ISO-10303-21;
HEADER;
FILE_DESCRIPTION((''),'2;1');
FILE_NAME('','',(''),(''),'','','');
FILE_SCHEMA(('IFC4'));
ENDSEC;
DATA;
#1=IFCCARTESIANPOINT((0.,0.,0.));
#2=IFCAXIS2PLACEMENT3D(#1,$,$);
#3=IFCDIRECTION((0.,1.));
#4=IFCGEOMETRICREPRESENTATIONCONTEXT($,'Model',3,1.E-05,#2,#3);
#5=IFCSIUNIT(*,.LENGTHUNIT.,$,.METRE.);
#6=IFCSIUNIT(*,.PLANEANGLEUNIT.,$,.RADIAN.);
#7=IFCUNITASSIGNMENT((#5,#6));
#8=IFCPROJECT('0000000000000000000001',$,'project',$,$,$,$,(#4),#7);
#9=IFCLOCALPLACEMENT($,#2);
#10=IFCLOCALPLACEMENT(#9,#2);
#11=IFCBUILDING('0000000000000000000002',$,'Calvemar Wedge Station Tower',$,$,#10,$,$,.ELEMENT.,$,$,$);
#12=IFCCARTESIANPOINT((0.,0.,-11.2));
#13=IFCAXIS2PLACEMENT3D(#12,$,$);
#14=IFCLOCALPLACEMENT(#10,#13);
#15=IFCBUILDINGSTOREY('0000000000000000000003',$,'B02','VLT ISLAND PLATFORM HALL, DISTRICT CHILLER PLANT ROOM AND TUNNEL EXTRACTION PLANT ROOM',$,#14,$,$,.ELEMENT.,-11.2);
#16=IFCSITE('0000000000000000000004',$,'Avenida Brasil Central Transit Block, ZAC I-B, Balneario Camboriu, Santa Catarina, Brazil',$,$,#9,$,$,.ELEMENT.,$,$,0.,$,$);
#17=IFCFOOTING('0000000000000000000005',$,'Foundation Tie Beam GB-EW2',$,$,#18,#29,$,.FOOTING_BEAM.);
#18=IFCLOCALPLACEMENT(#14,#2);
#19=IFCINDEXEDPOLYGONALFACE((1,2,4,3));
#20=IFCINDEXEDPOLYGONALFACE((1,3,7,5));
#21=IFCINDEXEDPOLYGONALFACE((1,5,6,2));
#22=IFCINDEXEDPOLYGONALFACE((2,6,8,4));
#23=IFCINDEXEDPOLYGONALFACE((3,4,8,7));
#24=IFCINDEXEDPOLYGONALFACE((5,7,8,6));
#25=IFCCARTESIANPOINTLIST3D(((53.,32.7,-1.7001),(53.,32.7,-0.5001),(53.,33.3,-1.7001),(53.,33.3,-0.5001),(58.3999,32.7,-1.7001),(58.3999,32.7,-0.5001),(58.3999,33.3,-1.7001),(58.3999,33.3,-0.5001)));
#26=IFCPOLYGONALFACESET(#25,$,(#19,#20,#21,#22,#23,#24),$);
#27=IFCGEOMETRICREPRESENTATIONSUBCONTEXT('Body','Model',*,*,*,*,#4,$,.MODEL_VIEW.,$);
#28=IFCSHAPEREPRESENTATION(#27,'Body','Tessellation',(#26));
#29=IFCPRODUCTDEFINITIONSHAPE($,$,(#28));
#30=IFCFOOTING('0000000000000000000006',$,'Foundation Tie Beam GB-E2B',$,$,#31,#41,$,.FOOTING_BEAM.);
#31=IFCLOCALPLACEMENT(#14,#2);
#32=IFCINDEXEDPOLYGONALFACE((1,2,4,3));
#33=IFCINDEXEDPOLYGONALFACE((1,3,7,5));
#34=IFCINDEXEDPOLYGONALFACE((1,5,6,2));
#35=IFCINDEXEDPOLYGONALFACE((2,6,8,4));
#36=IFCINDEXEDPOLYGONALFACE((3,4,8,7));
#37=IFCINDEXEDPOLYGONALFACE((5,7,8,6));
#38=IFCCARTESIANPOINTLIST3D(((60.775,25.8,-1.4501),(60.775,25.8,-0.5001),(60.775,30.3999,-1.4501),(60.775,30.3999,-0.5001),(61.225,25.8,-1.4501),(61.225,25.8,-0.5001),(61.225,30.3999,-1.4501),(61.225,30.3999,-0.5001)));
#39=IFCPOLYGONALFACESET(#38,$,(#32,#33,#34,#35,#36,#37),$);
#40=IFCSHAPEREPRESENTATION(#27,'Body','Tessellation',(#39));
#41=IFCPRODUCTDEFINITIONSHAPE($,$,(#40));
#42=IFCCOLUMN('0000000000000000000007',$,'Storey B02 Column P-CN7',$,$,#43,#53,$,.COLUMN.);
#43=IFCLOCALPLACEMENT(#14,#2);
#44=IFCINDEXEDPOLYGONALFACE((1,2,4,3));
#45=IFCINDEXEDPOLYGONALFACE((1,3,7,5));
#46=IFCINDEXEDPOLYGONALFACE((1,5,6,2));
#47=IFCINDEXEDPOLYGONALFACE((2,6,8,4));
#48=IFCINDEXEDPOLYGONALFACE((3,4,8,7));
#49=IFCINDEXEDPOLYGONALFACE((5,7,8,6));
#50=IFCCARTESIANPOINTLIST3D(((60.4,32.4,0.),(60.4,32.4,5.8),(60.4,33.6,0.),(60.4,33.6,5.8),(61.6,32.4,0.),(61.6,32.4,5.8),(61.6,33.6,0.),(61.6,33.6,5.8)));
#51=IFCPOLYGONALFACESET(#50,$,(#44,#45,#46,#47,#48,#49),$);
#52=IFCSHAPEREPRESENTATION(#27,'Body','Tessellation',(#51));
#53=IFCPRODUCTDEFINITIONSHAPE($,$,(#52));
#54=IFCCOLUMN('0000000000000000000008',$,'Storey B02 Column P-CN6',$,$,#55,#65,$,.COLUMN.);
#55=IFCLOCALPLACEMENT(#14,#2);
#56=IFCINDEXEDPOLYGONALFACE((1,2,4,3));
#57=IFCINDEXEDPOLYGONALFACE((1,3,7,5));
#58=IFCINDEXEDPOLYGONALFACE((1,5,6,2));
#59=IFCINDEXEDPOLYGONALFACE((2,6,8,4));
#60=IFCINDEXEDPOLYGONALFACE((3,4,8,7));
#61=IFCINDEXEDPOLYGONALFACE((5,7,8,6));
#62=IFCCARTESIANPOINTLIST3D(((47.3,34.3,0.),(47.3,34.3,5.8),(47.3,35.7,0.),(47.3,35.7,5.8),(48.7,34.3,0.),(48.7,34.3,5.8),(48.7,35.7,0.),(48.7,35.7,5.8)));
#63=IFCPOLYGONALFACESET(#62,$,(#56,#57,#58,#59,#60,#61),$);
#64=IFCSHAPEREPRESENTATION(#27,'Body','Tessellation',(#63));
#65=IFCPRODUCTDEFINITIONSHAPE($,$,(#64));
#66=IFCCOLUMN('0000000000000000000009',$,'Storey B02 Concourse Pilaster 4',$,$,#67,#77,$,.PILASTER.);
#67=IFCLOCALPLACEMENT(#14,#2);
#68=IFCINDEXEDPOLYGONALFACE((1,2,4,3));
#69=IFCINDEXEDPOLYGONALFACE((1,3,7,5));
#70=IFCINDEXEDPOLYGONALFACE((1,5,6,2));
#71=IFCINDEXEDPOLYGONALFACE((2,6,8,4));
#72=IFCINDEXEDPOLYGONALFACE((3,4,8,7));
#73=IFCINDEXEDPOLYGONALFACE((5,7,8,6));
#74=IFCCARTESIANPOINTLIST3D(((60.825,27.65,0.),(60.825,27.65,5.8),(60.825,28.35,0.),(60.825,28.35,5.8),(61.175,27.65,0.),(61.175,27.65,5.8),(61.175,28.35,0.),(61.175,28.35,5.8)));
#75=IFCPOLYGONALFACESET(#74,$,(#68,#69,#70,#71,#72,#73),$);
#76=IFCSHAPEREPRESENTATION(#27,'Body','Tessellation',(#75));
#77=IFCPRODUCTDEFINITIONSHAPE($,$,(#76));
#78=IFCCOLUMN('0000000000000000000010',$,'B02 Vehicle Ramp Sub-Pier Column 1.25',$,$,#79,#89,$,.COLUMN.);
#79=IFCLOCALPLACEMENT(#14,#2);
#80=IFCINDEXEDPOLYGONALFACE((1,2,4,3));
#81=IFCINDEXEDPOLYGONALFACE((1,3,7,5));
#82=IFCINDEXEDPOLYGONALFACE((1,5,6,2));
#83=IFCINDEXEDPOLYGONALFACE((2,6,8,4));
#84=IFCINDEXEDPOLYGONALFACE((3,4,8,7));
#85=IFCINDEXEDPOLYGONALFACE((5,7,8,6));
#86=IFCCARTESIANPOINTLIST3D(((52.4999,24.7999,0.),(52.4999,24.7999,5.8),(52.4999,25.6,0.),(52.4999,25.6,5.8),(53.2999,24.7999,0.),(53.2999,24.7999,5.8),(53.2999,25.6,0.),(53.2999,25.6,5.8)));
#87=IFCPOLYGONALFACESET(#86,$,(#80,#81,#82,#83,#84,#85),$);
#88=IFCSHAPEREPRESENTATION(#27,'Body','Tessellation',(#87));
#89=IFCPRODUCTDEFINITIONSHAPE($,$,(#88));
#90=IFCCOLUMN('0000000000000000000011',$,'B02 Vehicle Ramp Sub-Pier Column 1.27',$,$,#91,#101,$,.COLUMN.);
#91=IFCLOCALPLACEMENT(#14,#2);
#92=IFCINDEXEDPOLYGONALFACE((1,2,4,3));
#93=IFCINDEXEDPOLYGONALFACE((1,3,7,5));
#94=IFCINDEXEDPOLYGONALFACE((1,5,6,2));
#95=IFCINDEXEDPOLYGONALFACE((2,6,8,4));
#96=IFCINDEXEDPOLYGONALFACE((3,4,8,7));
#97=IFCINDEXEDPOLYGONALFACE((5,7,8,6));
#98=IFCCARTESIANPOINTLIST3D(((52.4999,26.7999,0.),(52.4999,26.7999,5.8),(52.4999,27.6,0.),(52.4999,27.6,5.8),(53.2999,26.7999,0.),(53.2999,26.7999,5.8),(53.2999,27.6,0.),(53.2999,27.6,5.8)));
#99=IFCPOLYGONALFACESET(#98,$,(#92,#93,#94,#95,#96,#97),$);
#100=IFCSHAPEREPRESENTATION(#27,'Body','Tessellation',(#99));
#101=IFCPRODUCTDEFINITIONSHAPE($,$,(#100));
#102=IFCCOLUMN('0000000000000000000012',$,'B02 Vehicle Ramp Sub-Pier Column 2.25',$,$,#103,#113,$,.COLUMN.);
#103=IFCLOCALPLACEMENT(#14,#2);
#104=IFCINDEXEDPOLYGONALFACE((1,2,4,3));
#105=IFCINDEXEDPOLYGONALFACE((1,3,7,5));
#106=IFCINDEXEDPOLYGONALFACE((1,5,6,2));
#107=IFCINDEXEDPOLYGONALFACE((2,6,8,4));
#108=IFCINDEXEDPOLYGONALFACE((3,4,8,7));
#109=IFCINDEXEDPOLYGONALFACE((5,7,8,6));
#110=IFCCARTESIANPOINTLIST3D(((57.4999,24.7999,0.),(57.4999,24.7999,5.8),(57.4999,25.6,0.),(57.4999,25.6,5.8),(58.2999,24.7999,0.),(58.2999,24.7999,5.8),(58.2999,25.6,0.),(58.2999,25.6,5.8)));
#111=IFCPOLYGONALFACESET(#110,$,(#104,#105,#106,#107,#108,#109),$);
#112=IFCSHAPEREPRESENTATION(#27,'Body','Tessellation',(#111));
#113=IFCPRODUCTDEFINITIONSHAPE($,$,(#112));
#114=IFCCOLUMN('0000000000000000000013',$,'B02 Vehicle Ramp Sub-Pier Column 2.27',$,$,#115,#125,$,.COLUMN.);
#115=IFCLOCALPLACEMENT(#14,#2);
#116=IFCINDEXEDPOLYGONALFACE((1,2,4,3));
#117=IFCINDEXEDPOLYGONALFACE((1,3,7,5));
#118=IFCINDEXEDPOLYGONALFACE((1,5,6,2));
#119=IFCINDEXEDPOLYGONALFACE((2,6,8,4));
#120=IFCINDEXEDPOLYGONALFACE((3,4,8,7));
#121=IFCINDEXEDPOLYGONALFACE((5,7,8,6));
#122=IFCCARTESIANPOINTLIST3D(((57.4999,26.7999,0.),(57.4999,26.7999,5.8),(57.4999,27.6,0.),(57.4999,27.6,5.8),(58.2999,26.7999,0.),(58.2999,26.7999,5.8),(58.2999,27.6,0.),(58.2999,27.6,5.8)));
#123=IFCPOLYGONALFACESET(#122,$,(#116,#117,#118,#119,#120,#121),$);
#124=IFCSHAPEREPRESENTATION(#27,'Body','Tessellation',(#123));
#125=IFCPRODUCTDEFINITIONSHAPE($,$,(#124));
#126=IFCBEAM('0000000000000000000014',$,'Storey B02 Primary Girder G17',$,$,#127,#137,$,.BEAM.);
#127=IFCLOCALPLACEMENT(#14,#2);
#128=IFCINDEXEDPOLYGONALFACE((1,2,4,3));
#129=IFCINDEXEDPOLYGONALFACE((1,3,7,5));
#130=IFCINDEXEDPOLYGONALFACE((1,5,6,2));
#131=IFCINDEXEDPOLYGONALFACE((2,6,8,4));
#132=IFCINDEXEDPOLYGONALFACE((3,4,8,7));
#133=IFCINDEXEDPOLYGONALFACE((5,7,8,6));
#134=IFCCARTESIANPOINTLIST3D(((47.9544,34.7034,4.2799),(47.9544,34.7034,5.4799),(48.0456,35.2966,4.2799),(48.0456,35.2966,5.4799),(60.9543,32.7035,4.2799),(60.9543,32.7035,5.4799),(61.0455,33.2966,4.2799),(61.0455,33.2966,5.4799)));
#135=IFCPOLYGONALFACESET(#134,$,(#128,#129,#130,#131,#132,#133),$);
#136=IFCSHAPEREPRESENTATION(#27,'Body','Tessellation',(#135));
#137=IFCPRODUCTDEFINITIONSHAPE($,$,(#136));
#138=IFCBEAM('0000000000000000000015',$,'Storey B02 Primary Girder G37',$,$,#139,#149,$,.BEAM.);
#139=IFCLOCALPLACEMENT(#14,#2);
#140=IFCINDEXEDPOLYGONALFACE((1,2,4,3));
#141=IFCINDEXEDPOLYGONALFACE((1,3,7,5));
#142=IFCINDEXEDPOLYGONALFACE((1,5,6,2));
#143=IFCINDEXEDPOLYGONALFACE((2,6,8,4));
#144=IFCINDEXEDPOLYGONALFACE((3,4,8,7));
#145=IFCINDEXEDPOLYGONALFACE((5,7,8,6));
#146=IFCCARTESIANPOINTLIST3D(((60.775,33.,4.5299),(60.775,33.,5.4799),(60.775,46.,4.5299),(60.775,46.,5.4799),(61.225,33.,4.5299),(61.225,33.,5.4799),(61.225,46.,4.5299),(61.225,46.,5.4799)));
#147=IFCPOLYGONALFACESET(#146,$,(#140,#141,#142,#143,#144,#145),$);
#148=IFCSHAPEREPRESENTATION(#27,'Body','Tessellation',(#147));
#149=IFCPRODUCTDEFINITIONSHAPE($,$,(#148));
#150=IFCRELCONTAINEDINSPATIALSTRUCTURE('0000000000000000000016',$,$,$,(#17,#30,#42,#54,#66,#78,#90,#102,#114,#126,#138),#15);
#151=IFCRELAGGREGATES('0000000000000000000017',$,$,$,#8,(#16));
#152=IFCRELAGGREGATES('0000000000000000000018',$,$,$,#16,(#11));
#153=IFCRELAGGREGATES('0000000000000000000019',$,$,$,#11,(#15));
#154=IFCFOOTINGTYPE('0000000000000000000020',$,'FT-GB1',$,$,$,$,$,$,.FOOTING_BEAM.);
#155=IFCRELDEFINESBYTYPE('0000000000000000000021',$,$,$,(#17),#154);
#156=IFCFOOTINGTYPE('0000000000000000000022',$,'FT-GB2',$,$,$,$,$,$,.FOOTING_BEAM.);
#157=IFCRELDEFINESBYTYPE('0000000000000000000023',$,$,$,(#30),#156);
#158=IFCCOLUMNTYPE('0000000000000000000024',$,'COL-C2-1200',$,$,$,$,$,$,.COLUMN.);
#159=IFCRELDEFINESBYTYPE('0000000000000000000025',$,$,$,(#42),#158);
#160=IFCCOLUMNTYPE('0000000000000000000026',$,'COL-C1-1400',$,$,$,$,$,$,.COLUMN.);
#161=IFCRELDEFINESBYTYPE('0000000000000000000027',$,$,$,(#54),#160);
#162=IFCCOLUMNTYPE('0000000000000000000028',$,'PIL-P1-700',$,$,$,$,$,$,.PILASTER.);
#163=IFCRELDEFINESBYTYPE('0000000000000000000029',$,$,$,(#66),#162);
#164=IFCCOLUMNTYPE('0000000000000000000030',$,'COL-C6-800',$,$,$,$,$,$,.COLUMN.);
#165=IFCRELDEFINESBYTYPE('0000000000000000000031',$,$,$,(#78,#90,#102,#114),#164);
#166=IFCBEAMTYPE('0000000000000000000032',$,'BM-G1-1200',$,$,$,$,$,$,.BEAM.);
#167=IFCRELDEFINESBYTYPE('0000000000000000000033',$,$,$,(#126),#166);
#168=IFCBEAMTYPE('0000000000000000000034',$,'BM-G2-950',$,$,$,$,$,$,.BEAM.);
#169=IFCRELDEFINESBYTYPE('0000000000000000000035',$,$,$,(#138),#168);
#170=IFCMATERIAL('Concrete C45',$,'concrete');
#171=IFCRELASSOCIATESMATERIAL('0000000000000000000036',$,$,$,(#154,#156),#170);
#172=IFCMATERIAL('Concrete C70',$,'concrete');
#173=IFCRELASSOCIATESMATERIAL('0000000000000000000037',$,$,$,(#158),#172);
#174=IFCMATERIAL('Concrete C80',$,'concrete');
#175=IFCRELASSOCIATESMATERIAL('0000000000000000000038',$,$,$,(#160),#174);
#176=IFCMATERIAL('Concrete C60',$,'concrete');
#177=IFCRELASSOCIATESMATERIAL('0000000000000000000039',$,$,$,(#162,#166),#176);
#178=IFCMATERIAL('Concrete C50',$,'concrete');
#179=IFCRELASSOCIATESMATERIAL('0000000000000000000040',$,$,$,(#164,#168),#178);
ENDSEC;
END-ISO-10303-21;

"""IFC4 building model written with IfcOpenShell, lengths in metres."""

from ifc_helpers import new_model, si_unit, direction, frame, origin, origin_2d, place, context, subcontext, project, spatial, rectangle, extrude, source, transform, mapped, material, material_profile, profile_set, type_object, element, save


model = new_model("IFC4")

# Units and contexts
model_context = context("Model", 3, precision=1e-05, world=origin(), true_north=direction((0.0, 1.0)))
body_context = subcontext(model_context, "Body", "Model", "MODEL_VIEW")
ifc_project = project(units=[si_unit("LENGTHUNIT", "METRE"), si_unit("PLANEANGLEUNIT", "RADIAN")], contexts=[model_context])

# Site, building, storey
site_placement = place(None, origin())
site = spatial("IfcSite", under=ifc_project, at=site_placement, Name="Avenida Brasil Central Transit Block, ZAC I-B, Balneario Camboriu, Santa Catarina, Brazil", CompositionType="ELEMENT", RefElevation=0.0)
building_placement = place(site_placement, origin())
building = spatial("IfcBuilding", under=site, at=building_placement, Name="Calvemar Wedge Station Tower", CompositionType="ELEMENT")
storey_placement = place(building_placement, frame((0.0, 0.0, -11.2)))
storey = spatial("IfcBuildingStorey", under=building, at=storey_placement, Name="B02", Description="VLT ISLAND PLATFORM HALL, DISTRICT CHILLER PLANT ROOM AND TUNNEL EXTRACTION PLANT ROOM", CompositionType="ELEMENT", Elevation=-11.2)

# Shared definitions
ifc_material_1 = material(Name="Concrete C45", Category="concrete")

# Footings
ifc_material_profile_1 = material_profile(ifc_material_1, rectangle(XDim=0.6001, YDim=1.2, at=origin_2d()), Name="RC600x1200")
ifc_profile_set_1 = profile_set([ifc_material_profile_1], Name="Concrete C45")
footing_type_1 = type_object("IfcFootingType", Name="FT-GB1", PredefinedType="FOOTING_BEAM", material=ifc_profile_set_1)
shared_shape_1 = source(origin(), body_context, "Body", "SweptSolid", [
    extrude(rectangle(XDim=0.6001, YDim=1.2, at=origin_2d()), origin(), (0.0, 0.0, 1.0), 5.3999),
])
footing_1_placement = place(storey_placement, frame((53.0, 33.0, -1.1001), z_axis=(1.0, 0.0, 0.0), x_axis=(0.0, 1.0, 0.0)))
element("IfcFooting", 1, at=footing_1_placement, inside=storey, type_object=footing_type_1, Name="Foundation Tie Beam GB-EW2", PredefinedType="FOOTING_BEAM", context=body_context, shape_type="MappedRepresentation", body=[
    mapped(shared_shape_1, transform((0.0, 0.0, 0.0), scale=1.0)),
])
ifc_material_profile_2 = material_profile(ifc_material_1, rectangle(XDim=0.45, YDim=0.95, at=origin_2d()), Name="RC450x950")
ifc_profile_set_2 = profile_set([ifc_material_profile_2], Name="Concrete C45")
footing_type_2 = type_object("IfcFootingType", Name="FT-GB2", PredefinedType="FOOTING_BEAM", material=ifc_profile_set_2)
shared_shape_2 = source(origin(), body_context, "Body", "SweptSolid", [
    extrude(rectangle(XDim=0.45, YDim=0.95, at=origin_2d()), origin(), (0.0, 0.0, 1.0), 4.5999),
])
footing_2_placement = place(storey_placement, frame((61.0, 25.8, -0.9751), z_axis=(0.0, 1.0, 0.0), x_axis=(-1.0, 0.0, 0.0)))
element("IfcFooting", 2, at=footing_2_placement, inside=storey, type_object=footing_type_2, Name="Foundation Tie Beam GB-E2B", PredefinedType="FOOTING_BEAM", context=body_context, shape_type="MappedRepresentation", body=[
    mapped(shared_shape_2, transform((0.0, 0.0, 0.0), scale=1.0)),
])

# Columns
ifc_material_2 = material(Name="Concrete C70", Category="concrete")
ifc_material_profile_3 = material_profile(ifc_material_2, rectangle(XDim=1.2, YDim=1.2, at=origin_2d()), Name="RC1200x1200")
ifc_profile_set_3 = profile_set([ifc_material_profile_3], Name="Concrete C70")
column_type_1 = type_object("IfcColumnType", Name="COL-C2-1200", PredefinedType="COLUMN", material=ifc_profile_set_3)
shared_shape_3 = source(origin(), body_context, "Body", "SweptSolid", [
    extrude(rectangle(XDim=1.2, YDim=1.2, at=origin_2d()), origin(), (0.0, 0.0, 1.0), 5.8),
])
column_1_placement = place(storey_placement, frame((61.0, 33.0, 0.0), z_axis=(0.0, 0.0, 1.0), x_axis=(1.0, 0.0, 0.0)))
element("IfcColumn", 3, at=column_1_placement, inside=storey, type_object=column_type_1, Name="Storey B02 Column P-CN7", PredefinedType="COLUMN", context=body_context, shape_type="MappedRepresentation", body=[
    mapped(shared_shape_3, transform((0.0, 0.0, 0.0), scale=1.0)),
])
ifc_material_3 = material(Name="Concrete C80", Category="concrete")
ifc_material_profile_4 = material_profile(ifc_material_3, rectangle(XDim=1.3999, YDim=1.3999, at=origin_2d()), Name="RC1400x1400")
ifc_profile_set_4 = profile_set([ifc_material_profile_4], Name="Concrete C80")
column_type_2 = type_object("IfcColumnType", Name="COL-C1-1400", PredefinedType="COLUMN", material=ifc_profile_set_4)
shared_shape_4 = source(origin(), body_context, "Body", "SweptSolid", [
    extrude(rectangle(XDim=1.3999, YDim=1.3999, at=origin_2d()), origin(), (0.0, 0.0, 1.0), 5.8),
])
column_2_placement = place(storey_placement, frame((48.0, 35.0, 0.0), z_axis=(0.0, 0.0, 1.0), x_axis=(1.0, 0.0, 0.0)))
element("IfcColumn", 4, at=column_2_placement, inside=storey, type_object=column_type_2, Name="Storey B02 Column P-CN6", PredefinedType="COLUMN", context=body_context, shape_type="MappedRepresentation", body=[
    mapped(shared_shape_4, transform((0.0, 0.0, 0.0), scale=1.0)),
])
ifc_material_4 = material(Name="Concrete C60", Category="concrete")
ifc_material_profile_5 = material_profile(ifc_material_4, rectangle(XDim=0.3501, YDim=0.7, at=origin_2d()), Name="RC350x700")
ifc_profile_set_5 = profile_set([ifc_material_profile_5], Name="Concrete C60")
column_type_3 = type_object("IfcColumnType", Name="PIL-P1-700", PredefinedType="PILASTER", material=ifc_profile_set_5)
shared_shape_5 = source(origin(), body_context, "Body", "SweptSolid", [
    extrude(rectangle(XDim=0.3501, YDim=0.7, at=origin_2d()), origin(), (0.0, 0.0, 1.0), 5.8),
])
column_3_placement = place(storey_placement, frame((61.0, 28.0, 0.0), z_axis=(0.0, 0.0, 1.0), x_axis=(1.0, 0.0, 0.0)))
element("IfcColumn", 5, at=column_3_placement, inside=storey, type_object=column_type_3, Name="Storey B02 Concourse Pilaster 4", PredefinedType="PILASTER", context=body_context, shape_type="MappedRepresentation", body=[
    mapped(shared_shape_5, transform((0.0, 0.0, 0.0), scale=1.0)),
])
ifc_material_5 = material(Name="Concrete C50", Category="concrete")
ifc_material_profile_6 = material_profile(ifc_material_5, rectangle(XDim=0.8, YDim=0.8, at=origin_2d()), Name="RC800x800")
ifc_profile_set_6 = profile_set([ifc_material_profile_6], Name="Concrete C50")
column_type_4 = type_object("IfcColumnType", Name="COL-C6-800", PredefinedType="COLUMN", material=ifc_profile_set_6)
shared_shape_6 = source(origin(), body_context, "Body", "SweptSolid", [
    extrude(rectangle(XDim=0.8, YDim=0.8, at=origin_2d()), origin(), (0.0, 0.0, 1.0), 5.8),
])
for number, where, z_axis, x_axis, name in (
    (6, (52.8999, 25.2, 0.0), (0.0, 0.0, 1.0), (1.0, 0.0, 0.0), "B02 Vehicle Ramp Sub-Pier Column 1.25"),
    (7, (52.8999, 27.2, 0.0), (0.0, 0.0, 1.0), (1.0, 0.0, 0.0), "B02 Vehicle Ramp Sub-Pier Column 1.27"),
    (8, (57.8999, 25.2, 0.0), (0.0, 0.0, 1.0), (1.0, 0.0, 0.0), "B02 Vehicle Ramp Sub-Pier Column 2.25"),
    (9, (57.8999, 27.2, 0.0), (0.0, 0.0, 1.0), (1.0, 0.0, 0.0), "B02 Vehicle Ramp Sub-Pier Column 2.27"),
):
    element("IfcColumn", number, at=place(storey_placement, frame(where, z_axis=z_axis, x_axis=x_axis)), inside=storey, type_object=column_type_4, Name=name, PredefinedType="COLUMN", context=body_context, shape_type="MappedRepresentation", body=[
        mapped(shared_shape_6, transform((0.0, 0.0, 0.0), scale=1.0)),
    ])

# Beams
ifc_material_profile_7 = material_profile(ifc_material_4, rectangle(XDim=0.6001, YDim=1.2, at=origin_2d()), Name="RC600x1200")
ifc_profile_set_7 = profile_set([ifc_material_profile_7], Name="Concrete C60")
beam_type_1 = type_object("IfcBeamType", Name="BM-G1-1200", PredefinedType="BEAM", material=ifc_profile_set_7)
shared_shape_7 = source(origin(), body_context, "Body", "SweptSolid", [
    extrude(rectangle(XDim=0.6001, YDim=1.2, at=origin_2d()), origin(), (0.0, 0.0, 1.0), 13.1528),
])
beam_1_placement = place(storey_placement, frame((48.0, 35.0, 4.8799), z_axis=(0.988372, -0.152057, 0.0), x_axis=(0.152057, 0.988372, 0.0)))
element("IfcBeam", 10, at=beam_1_placement, inside=storey, type_object=beam_type_1, Name="Storey B02 Primary Girder G17", PredefinedType="BEAM", context=body_context, shape_type="MappedRepresentation", body=[
    mapped(shared_shape_7, transform((0.0, 0.0, 0.0), scale=1.0)),
])
ifc_material_profile_8 = material_profile(ifc_material_5, rectangle(XDim=0.45, YDim=0.95, at=origin_2d()), Name="RC450x950")
ifc_profile_set_8 = profile_set([ifc_material_profile_8], Name="Concrete C50")
beam_type_2 = type_object("IfcBeamType", Name="BM-G2-950", PredefinedType="BEAM", material=ifc_profile_set_8)
shared_shape_8 = source(origin(), body_context, "Body", "SweptSolid", [
    extrude(rectangle(XDim=0.45, YDim=0.95, at=origin_2d()), origin(), (0.0, 0.0, 1.0), 13.0),
])
beam_2_placement = place(storey_placement, frame((61.0, 33.0, 5.0049), z_axis=(0.0, 1.0, 0.0), x_axis=(-1.0, 0.0, 0.0)))
element("IfcBeam", 11, at=beam_2_placement, inside=storey, type_object=beam_type_2, Name="Storey B02 Primary Girder G37", PredefinedType="BEAM", context=body_context, shape_type="MappedRepresentation", body=[
    mapped(shared_shape_8, transform((0.0, 0.0, 0.0), scale=1.0)),
])

save(model, "model.ifc")
